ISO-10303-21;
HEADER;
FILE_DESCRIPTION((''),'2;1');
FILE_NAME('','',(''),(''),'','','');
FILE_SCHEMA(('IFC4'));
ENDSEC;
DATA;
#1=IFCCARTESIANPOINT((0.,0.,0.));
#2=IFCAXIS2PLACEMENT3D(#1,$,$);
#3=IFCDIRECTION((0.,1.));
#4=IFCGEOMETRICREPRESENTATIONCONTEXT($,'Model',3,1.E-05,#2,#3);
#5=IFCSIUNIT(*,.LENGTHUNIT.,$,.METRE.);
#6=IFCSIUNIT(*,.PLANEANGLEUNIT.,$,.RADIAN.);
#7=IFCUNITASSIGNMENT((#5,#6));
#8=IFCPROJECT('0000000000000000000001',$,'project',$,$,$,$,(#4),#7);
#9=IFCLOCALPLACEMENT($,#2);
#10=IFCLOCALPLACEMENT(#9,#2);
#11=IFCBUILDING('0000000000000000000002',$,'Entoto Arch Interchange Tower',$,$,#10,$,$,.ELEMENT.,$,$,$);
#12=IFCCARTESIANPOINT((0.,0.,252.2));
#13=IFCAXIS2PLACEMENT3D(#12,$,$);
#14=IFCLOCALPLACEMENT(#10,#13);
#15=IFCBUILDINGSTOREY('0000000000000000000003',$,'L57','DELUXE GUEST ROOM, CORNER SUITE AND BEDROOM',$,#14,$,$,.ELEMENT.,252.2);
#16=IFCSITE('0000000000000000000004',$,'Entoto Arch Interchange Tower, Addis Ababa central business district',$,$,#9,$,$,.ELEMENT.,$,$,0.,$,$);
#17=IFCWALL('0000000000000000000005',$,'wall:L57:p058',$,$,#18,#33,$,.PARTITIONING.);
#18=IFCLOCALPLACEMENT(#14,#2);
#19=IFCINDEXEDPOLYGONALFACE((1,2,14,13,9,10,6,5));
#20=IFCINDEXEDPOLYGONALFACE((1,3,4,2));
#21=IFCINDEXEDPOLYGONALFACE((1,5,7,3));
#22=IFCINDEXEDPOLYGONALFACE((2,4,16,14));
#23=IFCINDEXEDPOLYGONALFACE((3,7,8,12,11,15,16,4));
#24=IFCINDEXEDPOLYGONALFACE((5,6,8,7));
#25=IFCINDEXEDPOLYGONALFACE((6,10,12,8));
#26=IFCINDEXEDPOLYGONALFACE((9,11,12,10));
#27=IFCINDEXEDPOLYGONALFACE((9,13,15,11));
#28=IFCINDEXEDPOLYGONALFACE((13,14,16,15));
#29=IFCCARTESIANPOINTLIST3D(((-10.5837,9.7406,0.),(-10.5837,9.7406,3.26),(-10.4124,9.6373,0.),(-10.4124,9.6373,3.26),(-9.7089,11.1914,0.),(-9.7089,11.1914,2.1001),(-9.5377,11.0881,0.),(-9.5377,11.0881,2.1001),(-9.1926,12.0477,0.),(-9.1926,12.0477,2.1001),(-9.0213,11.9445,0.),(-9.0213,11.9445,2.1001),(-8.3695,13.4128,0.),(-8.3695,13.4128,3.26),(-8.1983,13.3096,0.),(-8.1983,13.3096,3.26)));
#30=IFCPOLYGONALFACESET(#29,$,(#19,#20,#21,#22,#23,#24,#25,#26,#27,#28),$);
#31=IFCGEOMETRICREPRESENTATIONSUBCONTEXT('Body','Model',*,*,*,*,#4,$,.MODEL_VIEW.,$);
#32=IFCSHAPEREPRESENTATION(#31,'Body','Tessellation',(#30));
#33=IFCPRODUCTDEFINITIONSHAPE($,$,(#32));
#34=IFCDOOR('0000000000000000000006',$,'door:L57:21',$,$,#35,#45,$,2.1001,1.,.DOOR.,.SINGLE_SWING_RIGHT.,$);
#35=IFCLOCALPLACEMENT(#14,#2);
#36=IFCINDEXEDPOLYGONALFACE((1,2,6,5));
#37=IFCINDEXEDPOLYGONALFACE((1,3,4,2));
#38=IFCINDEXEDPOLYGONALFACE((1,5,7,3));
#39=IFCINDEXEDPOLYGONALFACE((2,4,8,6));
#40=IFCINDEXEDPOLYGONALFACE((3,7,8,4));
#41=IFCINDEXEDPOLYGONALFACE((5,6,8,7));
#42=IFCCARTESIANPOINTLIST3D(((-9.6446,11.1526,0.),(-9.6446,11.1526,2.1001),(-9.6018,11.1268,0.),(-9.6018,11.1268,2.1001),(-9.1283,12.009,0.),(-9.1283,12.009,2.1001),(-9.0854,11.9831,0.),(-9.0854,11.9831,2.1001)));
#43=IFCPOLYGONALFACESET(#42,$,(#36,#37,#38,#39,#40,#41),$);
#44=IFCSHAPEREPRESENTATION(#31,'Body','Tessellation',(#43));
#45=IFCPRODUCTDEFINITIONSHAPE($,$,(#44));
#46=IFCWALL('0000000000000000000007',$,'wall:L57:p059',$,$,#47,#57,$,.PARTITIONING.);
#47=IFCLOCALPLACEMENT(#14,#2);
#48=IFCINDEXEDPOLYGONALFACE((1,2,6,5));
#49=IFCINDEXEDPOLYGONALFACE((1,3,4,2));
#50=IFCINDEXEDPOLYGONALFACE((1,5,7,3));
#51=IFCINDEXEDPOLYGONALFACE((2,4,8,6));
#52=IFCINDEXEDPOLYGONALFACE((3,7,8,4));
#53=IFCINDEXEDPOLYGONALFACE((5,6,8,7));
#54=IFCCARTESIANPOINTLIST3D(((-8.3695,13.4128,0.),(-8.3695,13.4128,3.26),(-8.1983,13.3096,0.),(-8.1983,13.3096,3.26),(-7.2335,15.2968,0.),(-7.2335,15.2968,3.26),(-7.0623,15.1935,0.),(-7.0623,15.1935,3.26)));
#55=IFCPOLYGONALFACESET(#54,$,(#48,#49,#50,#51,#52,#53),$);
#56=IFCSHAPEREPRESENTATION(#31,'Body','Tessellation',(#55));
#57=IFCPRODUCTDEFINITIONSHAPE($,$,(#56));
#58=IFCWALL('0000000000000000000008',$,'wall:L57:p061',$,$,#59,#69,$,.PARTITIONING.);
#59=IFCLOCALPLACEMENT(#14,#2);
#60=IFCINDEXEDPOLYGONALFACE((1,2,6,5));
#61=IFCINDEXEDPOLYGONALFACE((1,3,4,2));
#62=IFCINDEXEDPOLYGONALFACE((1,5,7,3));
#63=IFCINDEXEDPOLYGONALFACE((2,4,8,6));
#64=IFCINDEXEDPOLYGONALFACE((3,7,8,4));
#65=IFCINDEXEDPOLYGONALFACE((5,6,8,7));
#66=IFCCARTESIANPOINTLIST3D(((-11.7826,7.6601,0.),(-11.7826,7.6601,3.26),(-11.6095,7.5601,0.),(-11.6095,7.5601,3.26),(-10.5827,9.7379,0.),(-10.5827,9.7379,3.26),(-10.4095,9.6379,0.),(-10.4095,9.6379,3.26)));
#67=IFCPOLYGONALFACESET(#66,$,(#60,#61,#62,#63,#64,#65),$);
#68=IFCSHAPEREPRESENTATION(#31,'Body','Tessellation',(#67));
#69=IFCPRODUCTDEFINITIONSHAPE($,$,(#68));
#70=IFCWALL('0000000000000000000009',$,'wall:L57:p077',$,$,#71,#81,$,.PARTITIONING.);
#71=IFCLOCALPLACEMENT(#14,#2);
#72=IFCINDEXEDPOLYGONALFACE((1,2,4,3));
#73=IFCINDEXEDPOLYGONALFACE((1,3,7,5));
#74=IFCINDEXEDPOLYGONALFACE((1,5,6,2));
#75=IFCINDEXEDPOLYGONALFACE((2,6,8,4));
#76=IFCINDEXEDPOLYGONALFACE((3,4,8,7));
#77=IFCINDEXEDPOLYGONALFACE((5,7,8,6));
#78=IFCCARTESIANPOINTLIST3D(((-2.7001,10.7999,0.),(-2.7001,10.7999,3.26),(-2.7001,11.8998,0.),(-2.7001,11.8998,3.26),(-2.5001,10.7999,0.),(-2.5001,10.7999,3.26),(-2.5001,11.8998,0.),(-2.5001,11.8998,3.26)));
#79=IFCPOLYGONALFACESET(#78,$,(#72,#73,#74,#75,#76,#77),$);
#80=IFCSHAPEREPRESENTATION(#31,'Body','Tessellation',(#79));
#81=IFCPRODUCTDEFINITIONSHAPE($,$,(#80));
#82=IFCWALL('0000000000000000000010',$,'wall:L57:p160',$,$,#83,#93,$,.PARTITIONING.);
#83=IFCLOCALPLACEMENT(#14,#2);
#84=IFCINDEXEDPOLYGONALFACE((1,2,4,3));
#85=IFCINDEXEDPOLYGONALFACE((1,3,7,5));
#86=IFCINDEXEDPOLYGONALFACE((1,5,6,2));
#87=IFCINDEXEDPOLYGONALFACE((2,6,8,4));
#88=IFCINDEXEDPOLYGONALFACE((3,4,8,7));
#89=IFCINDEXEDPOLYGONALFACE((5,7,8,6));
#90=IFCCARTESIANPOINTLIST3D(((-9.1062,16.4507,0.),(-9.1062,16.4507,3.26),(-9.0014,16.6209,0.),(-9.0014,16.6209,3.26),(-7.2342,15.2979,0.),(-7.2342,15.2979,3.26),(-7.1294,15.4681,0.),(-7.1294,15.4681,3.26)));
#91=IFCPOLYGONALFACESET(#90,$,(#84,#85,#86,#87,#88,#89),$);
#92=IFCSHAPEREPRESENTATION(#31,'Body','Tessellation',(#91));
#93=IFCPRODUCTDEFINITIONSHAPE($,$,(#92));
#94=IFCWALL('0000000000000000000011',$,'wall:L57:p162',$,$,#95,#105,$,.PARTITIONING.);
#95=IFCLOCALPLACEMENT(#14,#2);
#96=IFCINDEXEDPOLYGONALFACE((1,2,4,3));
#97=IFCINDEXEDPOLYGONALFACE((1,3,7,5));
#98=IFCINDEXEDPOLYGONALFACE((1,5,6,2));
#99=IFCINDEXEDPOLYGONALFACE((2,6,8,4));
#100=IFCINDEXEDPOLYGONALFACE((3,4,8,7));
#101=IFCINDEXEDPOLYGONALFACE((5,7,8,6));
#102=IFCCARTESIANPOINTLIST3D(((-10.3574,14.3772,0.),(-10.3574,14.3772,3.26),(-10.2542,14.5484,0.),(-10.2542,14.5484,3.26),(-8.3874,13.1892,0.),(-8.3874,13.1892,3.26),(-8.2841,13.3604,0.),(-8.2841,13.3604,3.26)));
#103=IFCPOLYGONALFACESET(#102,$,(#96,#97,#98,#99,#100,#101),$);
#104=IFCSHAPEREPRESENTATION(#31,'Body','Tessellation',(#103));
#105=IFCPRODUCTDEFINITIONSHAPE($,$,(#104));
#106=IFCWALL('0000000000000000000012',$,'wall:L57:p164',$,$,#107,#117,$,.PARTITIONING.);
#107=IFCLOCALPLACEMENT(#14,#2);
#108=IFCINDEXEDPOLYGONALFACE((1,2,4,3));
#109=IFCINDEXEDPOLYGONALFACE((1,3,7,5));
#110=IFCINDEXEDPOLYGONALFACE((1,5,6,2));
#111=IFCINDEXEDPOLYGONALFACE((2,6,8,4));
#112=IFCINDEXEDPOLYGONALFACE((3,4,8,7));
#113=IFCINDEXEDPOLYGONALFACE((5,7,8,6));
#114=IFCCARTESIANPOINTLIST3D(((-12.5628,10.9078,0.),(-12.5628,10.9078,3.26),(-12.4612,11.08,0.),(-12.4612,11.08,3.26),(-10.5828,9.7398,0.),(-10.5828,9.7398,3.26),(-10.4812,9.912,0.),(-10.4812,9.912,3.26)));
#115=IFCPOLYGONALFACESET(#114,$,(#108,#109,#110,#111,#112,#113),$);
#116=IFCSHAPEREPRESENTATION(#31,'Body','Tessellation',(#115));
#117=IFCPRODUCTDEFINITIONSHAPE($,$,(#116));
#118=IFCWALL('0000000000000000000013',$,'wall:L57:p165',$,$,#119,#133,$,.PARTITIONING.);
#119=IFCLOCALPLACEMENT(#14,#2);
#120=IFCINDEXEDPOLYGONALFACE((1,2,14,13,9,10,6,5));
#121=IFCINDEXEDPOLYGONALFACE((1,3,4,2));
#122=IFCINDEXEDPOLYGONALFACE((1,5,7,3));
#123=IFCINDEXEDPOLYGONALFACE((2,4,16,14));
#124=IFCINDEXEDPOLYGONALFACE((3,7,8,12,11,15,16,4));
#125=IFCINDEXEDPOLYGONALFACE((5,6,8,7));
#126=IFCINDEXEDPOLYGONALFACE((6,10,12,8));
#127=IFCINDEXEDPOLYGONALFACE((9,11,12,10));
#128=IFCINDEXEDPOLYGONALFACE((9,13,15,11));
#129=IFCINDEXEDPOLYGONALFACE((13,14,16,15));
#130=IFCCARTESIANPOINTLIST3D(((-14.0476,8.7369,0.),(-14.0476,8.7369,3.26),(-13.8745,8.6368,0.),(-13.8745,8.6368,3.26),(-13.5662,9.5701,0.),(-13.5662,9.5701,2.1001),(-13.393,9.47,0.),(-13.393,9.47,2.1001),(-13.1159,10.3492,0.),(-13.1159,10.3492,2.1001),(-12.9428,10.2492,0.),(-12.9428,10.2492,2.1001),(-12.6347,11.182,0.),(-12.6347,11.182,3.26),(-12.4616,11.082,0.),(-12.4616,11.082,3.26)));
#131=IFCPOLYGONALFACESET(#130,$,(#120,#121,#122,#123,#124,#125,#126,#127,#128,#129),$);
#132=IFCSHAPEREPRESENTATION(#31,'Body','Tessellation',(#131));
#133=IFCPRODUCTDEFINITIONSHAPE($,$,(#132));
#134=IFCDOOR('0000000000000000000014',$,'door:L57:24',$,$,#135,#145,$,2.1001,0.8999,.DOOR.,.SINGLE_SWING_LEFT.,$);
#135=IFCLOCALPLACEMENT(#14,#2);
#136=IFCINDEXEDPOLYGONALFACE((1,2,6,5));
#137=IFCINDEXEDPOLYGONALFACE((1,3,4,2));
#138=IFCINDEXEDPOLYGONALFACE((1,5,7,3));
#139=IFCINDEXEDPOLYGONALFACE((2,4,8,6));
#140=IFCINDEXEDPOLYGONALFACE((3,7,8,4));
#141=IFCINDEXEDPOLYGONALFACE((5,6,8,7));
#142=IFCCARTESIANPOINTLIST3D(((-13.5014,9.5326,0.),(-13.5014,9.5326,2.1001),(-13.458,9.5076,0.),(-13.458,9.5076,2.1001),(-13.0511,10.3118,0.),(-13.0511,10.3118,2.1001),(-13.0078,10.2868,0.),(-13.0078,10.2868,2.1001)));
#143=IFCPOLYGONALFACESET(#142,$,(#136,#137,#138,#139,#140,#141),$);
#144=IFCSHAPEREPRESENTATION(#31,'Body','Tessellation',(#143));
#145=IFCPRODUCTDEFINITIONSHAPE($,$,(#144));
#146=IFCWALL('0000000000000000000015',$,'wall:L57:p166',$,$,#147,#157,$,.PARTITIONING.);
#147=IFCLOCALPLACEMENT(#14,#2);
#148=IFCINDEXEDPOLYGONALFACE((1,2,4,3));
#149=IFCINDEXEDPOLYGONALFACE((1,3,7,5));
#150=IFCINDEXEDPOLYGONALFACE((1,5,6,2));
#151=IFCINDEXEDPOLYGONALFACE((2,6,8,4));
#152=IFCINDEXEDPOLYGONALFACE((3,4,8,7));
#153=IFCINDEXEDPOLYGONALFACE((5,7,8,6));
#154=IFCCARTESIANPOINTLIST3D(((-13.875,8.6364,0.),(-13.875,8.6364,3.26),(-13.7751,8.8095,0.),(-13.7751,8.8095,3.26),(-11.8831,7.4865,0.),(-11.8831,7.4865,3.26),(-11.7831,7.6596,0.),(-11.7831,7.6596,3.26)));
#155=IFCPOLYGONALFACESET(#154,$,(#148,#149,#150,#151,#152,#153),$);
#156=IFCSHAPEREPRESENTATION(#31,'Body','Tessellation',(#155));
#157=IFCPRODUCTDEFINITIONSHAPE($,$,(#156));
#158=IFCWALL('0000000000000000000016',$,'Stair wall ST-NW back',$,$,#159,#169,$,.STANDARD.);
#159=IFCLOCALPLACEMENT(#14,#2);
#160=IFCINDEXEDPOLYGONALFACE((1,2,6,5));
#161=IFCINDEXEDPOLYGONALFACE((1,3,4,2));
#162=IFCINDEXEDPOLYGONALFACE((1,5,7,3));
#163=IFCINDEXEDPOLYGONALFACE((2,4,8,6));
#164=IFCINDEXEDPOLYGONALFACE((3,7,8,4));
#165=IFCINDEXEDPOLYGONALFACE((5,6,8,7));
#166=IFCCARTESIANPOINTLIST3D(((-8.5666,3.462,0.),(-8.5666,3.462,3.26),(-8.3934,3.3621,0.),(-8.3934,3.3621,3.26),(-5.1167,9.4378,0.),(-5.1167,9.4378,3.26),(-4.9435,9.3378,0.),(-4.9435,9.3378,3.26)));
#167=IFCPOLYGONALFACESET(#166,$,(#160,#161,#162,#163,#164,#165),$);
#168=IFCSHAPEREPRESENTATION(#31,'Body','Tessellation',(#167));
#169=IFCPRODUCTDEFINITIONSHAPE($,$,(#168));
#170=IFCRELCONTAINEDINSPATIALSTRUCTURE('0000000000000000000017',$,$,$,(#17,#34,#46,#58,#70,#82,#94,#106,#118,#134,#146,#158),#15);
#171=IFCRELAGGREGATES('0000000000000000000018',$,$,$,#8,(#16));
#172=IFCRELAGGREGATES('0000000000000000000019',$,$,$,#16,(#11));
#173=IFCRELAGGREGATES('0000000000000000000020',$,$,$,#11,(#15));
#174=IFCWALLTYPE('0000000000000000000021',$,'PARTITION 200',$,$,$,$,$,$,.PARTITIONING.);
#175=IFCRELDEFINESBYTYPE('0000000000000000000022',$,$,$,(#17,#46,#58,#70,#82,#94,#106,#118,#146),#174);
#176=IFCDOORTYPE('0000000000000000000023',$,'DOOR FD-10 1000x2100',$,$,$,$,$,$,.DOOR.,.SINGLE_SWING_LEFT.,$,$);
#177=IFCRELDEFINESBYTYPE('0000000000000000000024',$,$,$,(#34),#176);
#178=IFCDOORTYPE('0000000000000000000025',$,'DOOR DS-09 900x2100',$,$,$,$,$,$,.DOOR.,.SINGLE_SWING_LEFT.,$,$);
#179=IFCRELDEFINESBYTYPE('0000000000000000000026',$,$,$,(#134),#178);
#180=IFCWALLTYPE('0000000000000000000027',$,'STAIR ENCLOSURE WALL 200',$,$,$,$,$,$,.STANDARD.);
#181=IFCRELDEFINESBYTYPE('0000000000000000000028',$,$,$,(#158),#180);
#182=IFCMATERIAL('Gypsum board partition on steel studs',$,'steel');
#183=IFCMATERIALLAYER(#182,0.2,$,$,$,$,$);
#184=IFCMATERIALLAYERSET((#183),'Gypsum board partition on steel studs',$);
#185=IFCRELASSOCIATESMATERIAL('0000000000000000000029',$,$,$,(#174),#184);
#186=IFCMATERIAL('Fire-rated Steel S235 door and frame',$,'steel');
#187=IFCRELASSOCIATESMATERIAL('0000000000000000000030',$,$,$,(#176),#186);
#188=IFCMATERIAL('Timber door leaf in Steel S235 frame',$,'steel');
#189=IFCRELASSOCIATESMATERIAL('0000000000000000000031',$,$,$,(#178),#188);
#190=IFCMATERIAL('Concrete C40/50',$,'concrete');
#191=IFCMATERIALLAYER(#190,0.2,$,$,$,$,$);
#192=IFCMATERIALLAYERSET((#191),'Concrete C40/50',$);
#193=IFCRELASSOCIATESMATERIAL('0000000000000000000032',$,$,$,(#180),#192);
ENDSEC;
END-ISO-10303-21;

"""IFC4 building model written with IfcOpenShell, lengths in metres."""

from ifc_helpers import new_model, si_unit, direction, frame, frame_2d, origin, place, context, subcontext, project, spatial, rectangle, extrude, material, layer, layer_set, type_object, element, fill, save


model = new_model("IFC4")

# Units and contexts
model_context = context("Model", 3, precision=1e-05, world=origin(), true_north=direction((0.0, 1.0)))
body_context = subcontext(model_context, "Body", "Model", "MODEL_VIEW")
ifc_project = project(units=[si_unit("LENGTHUNIT", "METRE"), si_unit("PLANEANGLEUNIT", "RADIAN")], contexts=[model_context])

# Site, building, storey
site_placement = place(None, origin())
site = spatial("IfcSite", under=ifc_project, at=site_placement, Name="Entoto Arch Interchange Tower, Addis Ababa central business district", CompositionType="ELEMENT", RefElevation=0.0)
building_placement = place(site_placement, origin())
building = spatial("IfcBuilding", under=site, at=building_placement, Name="Entoto Arch Interchange Tower", CompositionType="ELEMENT")
storey_placement = place(building_placement, frame((0.0, 0.0, 252.2)))
storey = spatial("IfcBuildingStorey", under=building, at=storey_placement, Name="L57", Description="DELUXE GUEST ROOM, CORNER SUITE AND BEDROOM", CompositionType="ELEMENT", Elevation=252.2)

# Shared definitions
ifc_material_1 = material(Name="Concrete C40/50", Category="concrete")

# Shared definitions
ifc_material_2 = material(Name="Gypsum board partition on steel studs", Category="steel")
ifc_layer_1 = layer(ifc_material_2, 0.2)
ifc_layer_set_1 = layer_set([ifc_layer_1], Name="Gypsum board partition on steel studs")
wall_type_1 = type_object("IfcWallType", Name="PARTITION 200", PredefinedType="PARTITIONING", material=ifc_layer_set_1)

# Shared definitions
ifc_material_3 = material(Name="Timber door leaf in Steel S235 frame", Category="steel")

# Wall, opening, door
ifc_material_4 = material(Name="Fire-rated Steel S235 door and frame", Category="steel")
door_type_1 = type_object("IfcDoorType", Name="DOOR FD-10 1000x2100", OperationType="SINGLE_SWING_LEFT", PredefinedType="DOOR", material=ifc_material_4)
wall_1_placement = place(storey_placement, frame((-10.498, 9.689, 0.0), z_axis=(0.0, 0.0, 1.0), x_axis=(0.516353, 0.856376, 0.0)))
wall_1 = element("IfcWall", 1, at=wall_1_placement, inside=storey, type_object=wall_type_1, Name="wall:L57:p058", PredefinedType="PARTITIONING", context=body_context, shape_type="SweptSolid", body=[
    extrude(rectangle(XDim=4.2881, YDim=0.2, at=frame_2d((2.144, 0.0))), origin(), (0.0, 0.0, 1.0), 3.26),
])
opening_1_placement = place(wall_1_placement, frame((1.6941, 0.0, 0.0)))
opening_1 = element("IfcOpeningElement", 2, at=opening_1_placement, cuts=wall_1, PredefinedType="OPENING", context=body_context, shape_type="SweptSolid", body=[
    extrude(rectangle(XDim=1.0, YDim=2.1001, at=frame_2d((0.5, 1.05))), frame((0.0, 0.1099, 0.0), z_axis=(0.0, -1.0, 0.0), x_axis=(1.0, 0.0, 0.0)), (0.0, 0.0, 1.0), 0.22),
])
door_1_placement = place(opening_1_placement, origin())
door_1 = element("IfcDoor", 3, at=door_1_placement, inside=storey, type_object=door_type_1, Name="door:L57:21", OperationType="SINGLE_SWING_RIGHT", OverallHeight=2.1001, OverallWidth=1.0, PredefinedType="DOOR", context=body_context, shape_type="SweptSolid", body=[
    extrude(rectangle(XDim=1.0, YDim=2.1001, at=frame_2d((0.5, 1.05))), frame((0.0, 0.0249, 0.0), z_axis=(0.0, -1.0, 0.0), x_axis=(1.0, 0.0, 0.0)), (0.0, 0.0, 1.0), 0.05),
])
fill(opening_1, door_1)

# Walls
wall_2_placement = place(storey_placement, frame((-8.2839, 13.3611, 0.0), z_axis=(0.0, 0.0, 1.0), x_axis=(0.516355, 0.856375, 0.0)))
element("IfcWall", 4, at=wall_2_placement, inside=storey, type_object=wall_type_1, Name="wall:L57:p059", PredefinedType="PARTITIONING", context=body_context, shape_type="SweptSolid", body=[
    extrude(rectangle(XDim=2.2, YDim=0.2, at=frame_2d((1.1001, 0.0))), origin(), (0.0, 0.0, 1.0), 3.26),
])
wall_3_placement = place(storey_placement, frame((-11.696, 7.6101, 0.0), z_axis=(0.0, 0.0, 1.0), x_axis=(0.500089, 0.865974, 0.0)))
element("IfcWall", 5, at=wall_3_placement, inside=storey, type_object=wall_type_1, Name="wall:L57:p061", PredefinedType="PARTITIONING", context=body_context, shape_type="SweptSolid", body=[
    extrude(rectangle(XDim=2.3994, YDim=0.2, at=frame_2d((1.1997, 0.0))), origin(), (0.0, 0.0, 1.0), 3.26),
])
wall_4_placement = place(storey_placement, frame((-2.6001, 10.8, 0.0), z_axis=(0.0, 0.0, 1.0), x_axis=(0.0, 1.0, 0.0)))
element("IfcWall", 6, at=wall_4_placement, inside=storey, type_object=wall_type_1, Name="wall:L57:p077", PredefinedType="PARTITIONING", context=body_context, shape_type="SweptSolid", body=[
    extrude(rectangle(XDim=1.0999, YDim=0.2, at=frame_2d((0.5498, 0.0))), origin(), (0.0, 0.0, 1.0), 3.26),
])
wall_5_placement = place(storey_placement, frame((-7.1819, 15.3831, 0.0), z_axis=(0.0, 0.0, 1.0), x_axis=(-0.851498, 0.524358, 0.0)))
element("IfcWall", 7, at=wall_5_placement, inside=storey, type_object=wall_type_1, Name="wall:L57:p160", PredefinedType="PARTITIONING", context=body_context, shape_type="SweptSolid", body=[
    extrude(rectangle(XDim=2.1985, YDim=0.2, at=frame_2d((1.0991, 0.0))), origin(), (0.0, 0.0, 1.0), 3.26),
])
wall_6_placement = place(storey_placement, frame((-10.3059, 14.4629, 0.0), z_axis=(0.0, 0.0, 1.0), x_axis=(0.856339, -0.516414, 0.0)))
element("IfcWall", 8, at=wall_6_placement, inside=storey, type_object=wall_type_1, Name="wall:L57:p162", PredefinedType="PARTITIONING", context=body_context, shape_type="SweptSolid", body=[
    extrude(rectangle(XDim=2.3005, YDim=0.2, at=frame_2d((1.1504, 0.0))), origin(), (0.0, 0.0, 1.0), 3.26),
])
wall_7_placement = place(storey_placement, frame((-10.532, 9.8259, 0.0), z_axis=(0.0, 0.0, 1.0), x_axis=(-0.861311, 0.508078, 0.0)))
element("IfcWall", 9, at=wall_7_placement, inside=storey, type_object=wall_type_1, Name="wall:L57:p164", PredefinedType="PARTITIONING", context=body_context, shape_type="SweptSolid", body=[
    extrude(rectangle(XDim=2.2988, YDim=0.2, at=frame_2d((1.1494, 0.0))), origin(), (0.0, 0.0, 1.0), 3.26),
])

# Wall, opening, door
wall_8_placement = place(storey_placement, frame((-12.5481, 11.1321, 0.0), z_axis=(0.0, 0.0, 1.0), x_axis=(-0.500314, -0.865844, 0.0)))
wall_8 = element("IfcWall", 10, at=wall_8_placement, inside=storey, type_object=wall_type_1, Name="wall:L57:p165", PredefinedType="PARTITIONING", context=body_context, shape_type="SweptSolid", body=[
    extrude(rectangle(XDim=2.824, YDim=0.2, at=frame_2d((1.4121, 0.0))), origin(), (0.0, 0.0, 1.0), 3.26),
])
opening_2_placement = place(wall_8_placement, frame((0.9619, 0.0, 0.0)))
opening_2 = element("IfcOpeningElement", 11, at=opening_2_placement, cuts=wall_8, PredefinedType="OPENING", context=body_context, shape_type="SweptSolid", body=[
    extrude(rectangle(XDim=0.8999, YDim=2.1001, at=frame_2d((0.45, 1.05))), frame((0.0, 0.1099, 0.0), z_axis=(0.0, -1.0, 0.0), x_axis=(1.0, 0.0, 0.0)), (0.0, 0.0, 1.0), 0.22),
])
door_type_2 = type_object("IfcDoorType", Name="DOOR DS-09 900x2100", OperationType="SINGLE_SWING_LEFT", PredefinedType="DOOR", material=ifc_material_3)
door_2_placement = place(opening_2_placement, origin())
door_2 = element("IfcDoor", 12, at=door_2_placement, inside=storey, type_object=door_type_2, Name="door:L57:24", OperationType="SINGLE_SWING_LEFT", OverallHeight=2.1001, OverallWidth=0.8999, PredefinedType="DOOR", context=body_context, shape_type="SweptSolid", body=[
    extrude(rectangle(XDim=0.8999, YDim=2.1001, at=frame_2d((0.45, 1.05))), frame((0.0, 0.0249, 0.0), z_axis=(0.0, -1.0, 0.0), x_axis=(1.0, 0.0, 0.0)), (0.0, 0.0, 1.0), 0.05),
])
fill(opening_2, door_2)

# Walls
wall_9_placement = place(storey_placement, frame((-13.825, 8.7229, 0.0), z_axis=(0.0, 0.0, 1.0), x_axis=(0.866053, -0.499952, 0.0)))
element("IfcWall", 13, at=wall_9_placement, inside=storey, type_object=wall_type_1, Name="wall:L57:p166", PredefinedType="PARTITIONING", context=body_context, shape_type="SweptSolid", body=[
    extrude(rectangle(XDim=2.3, YDim=0.2, at=frame_2d((1.1499, 0.0))), origin(), (0.0, 0.0, 1.0), 3.26),
])
ifc_layer_2 = layer(ifc_material_1, 0.2)
ifc_layer_set_2 = layer_set([ifc_layer_2], Name="Concrete C40/50")
wall_type_2 = type_object("IfcWallType", Name="STAIR ENCLOSURE WALL 200", PredefinedType="STANDARD", material=ifc_layer_set_2)
wall_10_placement = place(storey_placement, frame((-5.03, 9.3879, 0.0), z_axis=(0.0, 0.0, 1.0), x_axis=(-0.499979, -0.866038, 0.0)))
element("IfcWall", 14, at=wall_10_placement, inside=storey, type_object=wall_type_2, Name="Stair wall ST-NW back", PredefinedType="STANDARD", context=body_context, shape_type="SweptSolid", body=[
    extrude(rectangle(XDim=6.9001, YDim=0.2, at=frame_2d((3.4502, 0.0))), origin(), (0.0, 0.0, 1.0), 3.26),
])

save(model, "model.ifc")
